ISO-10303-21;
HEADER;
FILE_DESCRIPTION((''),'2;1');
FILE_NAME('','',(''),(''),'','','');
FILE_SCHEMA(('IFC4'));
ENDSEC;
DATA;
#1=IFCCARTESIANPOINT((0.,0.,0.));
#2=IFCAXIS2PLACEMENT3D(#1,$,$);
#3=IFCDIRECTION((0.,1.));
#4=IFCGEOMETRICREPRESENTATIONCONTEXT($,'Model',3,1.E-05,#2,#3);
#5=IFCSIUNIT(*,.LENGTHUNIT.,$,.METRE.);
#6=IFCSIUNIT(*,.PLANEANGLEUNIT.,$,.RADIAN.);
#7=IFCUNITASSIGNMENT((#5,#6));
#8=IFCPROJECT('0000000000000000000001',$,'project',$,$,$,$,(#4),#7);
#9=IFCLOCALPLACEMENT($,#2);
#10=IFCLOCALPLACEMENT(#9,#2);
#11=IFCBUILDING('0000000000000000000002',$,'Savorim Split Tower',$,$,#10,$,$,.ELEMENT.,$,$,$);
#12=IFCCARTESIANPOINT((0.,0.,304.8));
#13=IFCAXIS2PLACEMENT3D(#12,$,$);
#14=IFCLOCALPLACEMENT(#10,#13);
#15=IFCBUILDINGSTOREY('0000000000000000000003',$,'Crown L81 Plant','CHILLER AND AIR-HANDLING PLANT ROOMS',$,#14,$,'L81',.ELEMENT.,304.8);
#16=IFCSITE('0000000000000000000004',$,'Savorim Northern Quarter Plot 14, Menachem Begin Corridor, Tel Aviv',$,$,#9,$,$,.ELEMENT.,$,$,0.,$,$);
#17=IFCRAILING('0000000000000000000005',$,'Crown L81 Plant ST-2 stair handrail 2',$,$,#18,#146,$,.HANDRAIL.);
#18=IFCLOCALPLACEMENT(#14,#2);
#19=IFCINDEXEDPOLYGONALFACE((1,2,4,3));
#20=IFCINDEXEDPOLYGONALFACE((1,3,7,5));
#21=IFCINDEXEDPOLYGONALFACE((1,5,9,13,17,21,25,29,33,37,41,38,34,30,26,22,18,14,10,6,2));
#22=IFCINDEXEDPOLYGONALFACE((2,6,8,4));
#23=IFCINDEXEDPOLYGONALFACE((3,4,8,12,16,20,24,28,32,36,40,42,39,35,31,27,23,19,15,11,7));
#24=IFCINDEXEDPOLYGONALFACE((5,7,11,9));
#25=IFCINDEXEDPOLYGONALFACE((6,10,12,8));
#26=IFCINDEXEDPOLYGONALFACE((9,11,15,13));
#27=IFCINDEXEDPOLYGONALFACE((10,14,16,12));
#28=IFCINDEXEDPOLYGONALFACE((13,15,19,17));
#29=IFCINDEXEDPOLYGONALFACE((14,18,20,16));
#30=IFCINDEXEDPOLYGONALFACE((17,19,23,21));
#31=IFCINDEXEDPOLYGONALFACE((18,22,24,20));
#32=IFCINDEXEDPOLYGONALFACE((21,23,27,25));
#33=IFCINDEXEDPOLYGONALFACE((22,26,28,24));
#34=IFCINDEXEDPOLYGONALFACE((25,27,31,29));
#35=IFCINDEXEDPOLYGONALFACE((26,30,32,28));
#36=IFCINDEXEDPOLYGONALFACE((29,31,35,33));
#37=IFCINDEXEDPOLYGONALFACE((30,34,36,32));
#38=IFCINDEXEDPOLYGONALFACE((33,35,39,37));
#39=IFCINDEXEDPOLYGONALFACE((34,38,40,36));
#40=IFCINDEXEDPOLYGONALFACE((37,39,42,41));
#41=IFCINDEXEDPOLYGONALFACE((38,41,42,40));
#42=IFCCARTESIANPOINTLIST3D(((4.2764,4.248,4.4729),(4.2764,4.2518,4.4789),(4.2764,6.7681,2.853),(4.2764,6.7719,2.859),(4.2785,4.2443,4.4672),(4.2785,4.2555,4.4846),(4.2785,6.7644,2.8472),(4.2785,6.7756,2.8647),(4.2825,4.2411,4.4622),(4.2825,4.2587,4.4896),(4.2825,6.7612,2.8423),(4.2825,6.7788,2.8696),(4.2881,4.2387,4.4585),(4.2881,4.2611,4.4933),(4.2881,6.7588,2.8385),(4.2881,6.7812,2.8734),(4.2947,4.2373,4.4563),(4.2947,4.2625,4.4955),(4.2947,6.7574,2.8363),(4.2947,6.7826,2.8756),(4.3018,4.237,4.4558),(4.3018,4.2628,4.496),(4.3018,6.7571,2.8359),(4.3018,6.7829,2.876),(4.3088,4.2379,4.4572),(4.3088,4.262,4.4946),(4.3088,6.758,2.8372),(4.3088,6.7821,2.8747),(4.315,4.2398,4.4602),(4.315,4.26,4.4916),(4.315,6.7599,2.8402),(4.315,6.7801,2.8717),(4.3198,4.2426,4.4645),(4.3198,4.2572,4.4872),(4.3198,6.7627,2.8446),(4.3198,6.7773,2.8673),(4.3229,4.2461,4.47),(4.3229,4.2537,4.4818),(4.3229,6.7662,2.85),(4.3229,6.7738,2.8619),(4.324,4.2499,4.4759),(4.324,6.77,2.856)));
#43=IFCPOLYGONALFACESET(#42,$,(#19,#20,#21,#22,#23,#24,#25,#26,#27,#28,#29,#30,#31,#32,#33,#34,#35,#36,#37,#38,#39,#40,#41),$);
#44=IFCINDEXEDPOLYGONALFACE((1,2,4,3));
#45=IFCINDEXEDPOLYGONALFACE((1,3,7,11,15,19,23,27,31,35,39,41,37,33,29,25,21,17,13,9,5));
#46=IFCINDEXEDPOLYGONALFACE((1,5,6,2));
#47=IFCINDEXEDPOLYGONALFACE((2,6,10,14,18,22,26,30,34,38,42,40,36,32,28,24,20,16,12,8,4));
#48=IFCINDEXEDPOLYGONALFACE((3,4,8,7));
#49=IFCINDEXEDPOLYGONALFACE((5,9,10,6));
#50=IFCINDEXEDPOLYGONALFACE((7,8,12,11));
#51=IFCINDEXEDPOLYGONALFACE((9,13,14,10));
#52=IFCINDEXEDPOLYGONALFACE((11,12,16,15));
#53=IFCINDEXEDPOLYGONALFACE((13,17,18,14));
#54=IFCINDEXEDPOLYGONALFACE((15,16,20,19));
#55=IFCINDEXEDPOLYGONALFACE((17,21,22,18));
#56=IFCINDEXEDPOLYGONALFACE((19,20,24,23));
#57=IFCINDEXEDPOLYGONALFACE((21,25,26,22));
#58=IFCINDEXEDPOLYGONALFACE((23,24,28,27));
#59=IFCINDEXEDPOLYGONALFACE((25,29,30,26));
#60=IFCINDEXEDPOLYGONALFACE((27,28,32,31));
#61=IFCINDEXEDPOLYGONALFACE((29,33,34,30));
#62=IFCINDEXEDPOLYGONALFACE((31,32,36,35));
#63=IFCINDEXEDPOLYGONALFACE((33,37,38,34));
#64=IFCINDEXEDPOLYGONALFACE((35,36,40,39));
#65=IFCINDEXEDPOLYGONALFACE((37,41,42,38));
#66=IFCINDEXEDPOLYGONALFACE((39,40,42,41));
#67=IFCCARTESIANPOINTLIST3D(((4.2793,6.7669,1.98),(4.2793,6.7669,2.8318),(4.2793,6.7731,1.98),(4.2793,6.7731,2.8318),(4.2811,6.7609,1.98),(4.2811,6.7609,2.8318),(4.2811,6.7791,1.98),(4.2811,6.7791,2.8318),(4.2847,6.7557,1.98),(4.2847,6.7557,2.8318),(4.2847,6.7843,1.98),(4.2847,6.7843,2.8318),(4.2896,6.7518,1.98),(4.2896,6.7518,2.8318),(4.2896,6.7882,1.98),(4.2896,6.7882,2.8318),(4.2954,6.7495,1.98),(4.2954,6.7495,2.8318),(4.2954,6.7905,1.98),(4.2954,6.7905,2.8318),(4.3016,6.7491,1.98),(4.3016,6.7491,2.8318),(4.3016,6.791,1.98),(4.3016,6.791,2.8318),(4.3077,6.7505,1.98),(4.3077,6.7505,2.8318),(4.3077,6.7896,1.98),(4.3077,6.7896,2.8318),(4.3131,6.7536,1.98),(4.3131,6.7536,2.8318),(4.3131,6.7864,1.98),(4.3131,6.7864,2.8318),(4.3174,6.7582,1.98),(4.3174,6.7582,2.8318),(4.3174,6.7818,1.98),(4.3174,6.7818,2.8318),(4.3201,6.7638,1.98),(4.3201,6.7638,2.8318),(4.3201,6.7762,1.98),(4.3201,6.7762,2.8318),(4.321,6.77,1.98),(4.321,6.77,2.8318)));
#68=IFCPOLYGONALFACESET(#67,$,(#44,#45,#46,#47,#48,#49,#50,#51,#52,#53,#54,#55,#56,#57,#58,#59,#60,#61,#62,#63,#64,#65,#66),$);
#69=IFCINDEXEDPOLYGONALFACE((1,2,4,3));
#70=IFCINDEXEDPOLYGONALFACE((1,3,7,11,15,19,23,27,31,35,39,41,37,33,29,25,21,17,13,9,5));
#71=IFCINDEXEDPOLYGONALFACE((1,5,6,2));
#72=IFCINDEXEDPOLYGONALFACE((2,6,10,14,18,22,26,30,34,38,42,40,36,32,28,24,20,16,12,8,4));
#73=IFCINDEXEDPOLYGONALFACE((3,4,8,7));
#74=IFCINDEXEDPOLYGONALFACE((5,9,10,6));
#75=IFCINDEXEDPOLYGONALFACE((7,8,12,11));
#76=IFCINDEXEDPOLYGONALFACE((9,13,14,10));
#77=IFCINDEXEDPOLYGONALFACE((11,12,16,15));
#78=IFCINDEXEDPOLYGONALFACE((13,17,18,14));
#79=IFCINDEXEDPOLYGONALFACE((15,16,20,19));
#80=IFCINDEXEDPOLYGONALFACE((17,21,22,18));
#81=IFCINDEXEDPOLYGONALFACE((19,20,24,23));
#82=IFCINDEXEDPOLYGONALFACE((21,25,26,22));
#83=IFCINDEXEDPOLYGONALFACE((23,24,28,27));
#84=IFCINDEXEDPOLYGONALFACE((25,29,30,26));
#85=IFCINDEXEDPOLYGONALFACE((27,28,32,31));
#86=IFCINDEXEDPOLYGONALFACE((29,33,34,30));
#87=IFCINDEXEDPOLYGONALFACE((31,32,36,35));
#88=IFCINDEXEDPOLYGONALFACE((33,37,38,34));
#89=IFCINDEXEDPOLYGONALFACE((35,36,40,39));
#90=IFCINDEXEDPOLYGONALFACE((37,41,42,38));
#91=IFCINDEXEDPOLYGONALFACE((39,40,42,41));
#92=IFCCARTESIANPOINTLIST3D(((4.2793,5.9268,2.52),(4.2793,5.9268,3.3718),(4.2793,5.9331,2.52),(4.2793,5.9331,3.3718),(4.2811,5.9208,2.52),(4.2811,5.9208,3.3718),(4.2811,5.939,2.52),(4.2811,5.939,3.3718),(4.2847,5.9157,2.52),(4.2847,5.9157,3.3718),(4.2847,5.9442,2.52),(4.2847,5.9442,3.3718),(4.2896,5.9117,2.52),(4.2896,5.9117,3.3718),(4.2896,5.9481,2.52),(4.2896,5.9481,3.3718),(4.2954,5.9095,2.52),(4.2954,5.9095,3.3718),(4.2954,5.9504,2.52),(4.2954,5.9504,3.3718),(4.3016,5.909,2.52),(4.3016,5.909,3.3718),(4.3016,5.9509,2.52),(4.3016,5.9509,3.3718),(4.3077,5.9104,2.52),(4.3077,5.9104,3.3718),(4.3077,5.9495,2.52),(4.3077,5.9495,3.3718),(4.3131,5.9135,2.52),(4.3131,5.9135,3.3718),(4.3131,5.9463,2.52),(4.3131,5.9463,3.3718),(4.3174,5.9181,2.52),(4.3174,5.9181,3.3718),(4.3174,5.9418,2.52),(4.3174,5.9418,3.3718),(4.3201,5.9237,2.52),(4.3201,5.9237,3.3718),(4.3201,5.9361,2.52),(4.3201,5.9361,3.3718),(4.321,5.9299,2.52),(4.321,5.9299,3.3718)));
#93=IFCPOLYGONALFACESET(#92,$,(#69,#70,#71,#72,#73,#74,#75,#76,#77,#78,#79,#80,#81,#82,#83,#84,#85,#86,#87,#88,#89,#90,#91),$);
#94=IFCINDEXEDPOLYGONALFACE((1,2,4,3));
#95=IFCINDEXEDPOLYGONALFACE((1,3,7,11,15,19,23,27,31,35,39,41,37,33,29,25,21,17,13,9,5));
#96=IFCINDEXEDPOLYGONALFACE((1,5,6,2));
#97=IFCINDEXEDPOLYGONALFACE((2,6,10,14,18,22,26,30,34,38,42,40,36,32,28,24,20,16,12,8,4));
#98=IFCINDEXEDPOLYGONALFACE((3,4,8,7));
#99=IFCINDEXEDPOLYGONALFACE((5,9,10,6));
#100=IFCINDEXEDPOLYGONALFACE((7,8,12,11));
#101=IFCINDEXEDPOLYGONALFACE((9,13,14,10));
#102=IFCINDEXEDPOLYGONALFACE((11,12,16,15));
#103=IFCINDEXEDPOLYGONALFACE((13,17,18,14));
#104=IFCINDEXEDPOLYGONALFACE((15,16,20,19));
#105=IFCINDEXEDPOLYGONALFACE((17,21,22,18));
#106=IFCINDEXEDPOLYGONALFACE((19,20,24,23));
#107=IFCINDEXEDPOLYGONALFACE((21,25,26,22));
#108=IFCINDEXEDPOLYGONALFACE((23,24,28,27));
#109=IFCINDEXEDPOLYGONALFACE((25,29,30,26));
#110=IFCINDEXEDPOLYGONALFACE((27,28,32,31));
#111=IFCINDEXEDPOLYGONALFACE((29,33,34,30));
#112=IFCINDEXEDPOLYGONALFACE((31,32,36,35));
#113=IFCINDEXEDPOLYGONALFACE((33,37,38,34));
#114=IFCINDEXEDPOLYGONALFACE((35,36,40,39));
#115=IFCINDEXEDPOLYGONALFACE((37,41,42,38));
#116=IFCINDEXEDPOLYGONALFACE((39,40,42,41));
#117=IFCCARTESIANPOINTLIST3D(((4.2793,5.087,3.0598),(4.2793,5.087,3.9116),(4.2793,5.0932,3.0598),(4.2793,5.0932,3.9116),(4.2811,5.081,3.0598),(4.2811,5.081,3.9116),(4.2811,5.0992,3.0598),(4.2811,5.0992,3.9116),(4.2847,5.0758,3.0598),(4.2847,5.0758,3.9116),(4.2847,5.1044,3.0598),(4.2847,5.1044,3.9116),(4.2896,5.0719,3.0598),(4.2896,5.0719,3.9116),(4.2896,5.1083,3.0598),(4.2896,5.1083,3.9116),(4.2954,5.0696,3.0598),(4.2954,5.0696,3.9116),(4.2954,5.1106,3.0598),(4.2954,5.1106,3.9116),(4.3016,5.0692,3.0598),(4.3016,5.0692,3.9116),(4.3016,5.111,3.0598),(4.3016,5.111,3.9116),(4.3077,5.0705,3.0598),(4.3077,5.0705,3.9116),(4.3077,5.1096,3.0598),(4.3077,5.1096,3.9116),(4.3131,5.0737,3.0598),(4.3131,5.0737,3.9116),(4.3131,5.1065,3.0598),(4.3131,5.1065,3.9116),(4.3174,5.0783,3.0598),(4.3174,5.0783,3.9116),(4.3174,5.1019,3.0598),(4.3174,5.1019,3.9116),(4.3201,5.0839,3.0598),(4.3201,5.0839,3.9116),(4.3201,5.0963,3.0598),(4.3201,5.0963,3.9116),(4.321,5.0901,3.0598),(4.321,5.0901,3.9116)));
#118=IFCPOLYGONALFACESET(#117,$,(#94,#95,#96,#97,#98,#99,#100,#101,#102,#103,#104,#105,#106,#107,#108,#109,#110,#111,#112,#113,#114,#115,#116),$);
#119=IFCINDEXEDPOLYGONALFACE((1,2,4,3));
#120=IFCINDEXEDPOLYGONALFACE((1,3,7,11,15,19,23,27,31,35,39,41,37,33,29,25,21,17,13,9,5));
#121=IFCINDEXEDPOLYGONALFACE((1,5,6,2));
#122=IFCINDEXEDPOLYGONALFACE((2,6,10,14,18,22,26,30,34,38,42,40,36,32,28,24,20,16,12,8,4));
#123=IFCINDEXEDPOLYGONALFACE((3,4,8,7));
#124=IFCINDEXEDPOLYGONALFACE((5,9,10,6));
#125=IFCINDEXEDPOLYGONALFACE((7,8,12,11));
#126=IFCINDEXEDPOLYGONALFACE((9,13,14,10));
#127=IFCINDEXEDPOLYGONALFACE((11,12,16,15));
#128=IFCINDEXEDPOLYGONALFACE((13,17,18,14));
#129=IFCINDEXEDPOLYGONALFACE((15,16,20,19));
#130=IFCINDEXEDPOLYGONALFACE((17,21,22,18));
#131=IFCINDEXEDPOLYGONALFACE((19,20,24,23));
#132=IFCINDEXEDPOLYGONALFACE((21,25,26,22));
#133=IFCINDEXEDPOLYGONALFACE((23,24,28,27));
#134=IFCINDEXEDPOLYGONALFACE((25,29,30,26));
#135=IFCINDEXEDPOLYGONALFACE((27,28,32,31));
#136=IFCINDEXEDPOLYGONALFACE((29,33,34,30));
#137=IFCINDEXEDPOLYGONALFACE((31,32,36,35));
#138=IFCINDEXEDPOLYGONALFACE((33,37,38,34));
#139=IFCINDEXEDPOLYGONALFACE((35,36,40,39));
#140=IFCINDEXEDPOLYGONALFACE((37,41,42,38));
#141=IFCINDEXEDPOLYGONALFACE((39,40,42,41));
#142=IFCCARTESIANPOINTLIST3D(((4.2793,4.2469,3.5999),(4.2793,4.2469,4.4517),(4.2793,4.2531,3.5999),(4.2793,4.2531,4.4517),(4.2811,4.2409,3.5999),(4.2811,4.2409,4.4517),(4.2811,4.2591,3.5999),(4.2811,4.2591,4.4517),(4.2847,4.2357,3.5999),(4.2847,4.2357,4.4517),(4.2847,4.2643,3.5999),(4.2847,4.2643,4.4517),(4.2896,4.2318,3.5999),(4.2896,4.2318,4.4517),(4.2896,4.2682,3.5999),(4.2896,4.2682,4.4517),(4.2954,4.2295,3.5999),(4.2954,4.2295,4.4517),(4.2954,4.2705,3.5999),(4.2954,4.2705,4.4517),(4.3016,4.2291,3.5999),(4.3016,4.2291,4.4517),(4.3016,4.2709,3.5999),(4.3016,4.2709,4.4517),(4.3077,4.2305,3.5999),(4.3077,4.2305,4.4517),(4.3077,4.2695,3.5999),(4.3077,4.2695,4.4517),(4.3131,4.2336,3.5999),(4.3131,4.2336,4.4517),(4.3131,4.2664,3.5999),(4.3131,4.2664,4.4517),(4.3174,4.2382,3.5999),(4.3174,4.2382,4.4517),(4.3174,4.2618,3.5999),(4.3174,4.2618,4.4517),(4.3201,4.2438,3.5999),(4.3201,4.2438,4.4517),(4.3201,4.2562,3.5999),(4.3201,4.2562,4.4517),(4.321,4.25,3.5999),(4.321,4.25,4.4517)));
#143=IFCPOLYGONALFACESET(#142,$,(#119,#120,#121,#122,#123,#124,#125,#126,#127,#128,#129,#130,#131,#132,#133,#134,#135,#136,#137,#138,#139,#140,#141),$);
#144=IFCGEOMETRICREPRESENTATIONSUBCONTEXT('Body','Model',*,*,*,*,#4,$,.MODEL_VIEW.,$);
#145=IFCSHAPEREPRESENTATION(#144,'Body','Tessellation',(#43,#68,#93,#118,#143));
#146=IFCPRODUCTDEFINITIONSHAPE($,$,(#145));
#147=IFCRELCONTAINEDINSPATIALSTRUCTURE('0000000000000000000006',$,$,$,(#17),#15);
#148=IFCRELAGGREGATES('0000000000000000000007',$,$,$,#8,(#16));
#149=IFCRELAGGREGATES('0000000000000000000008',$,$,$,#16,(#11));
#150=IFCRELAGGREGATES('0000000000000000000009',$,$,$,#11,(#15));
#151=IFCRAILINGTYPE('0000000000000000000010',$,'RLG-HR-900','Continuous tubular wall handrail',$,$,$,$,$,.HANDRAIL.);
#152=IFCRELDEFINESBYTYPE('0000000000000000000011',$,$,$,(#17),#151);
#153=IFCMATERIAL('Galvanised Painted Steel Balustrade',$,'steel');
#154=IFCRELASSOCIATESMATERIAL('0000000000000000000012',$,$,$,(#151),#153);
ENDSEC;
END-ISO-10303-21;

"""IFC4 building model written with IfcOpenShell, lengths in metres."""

from ifc_helpers import new_model, si_unit, direction, frame, origin, origin_2d, place, context, subcontext, project, spatial, circle, extrude, material, type_object, element, save


model = new_model("IFC4")

# Units and contexts
model_context = context("Model", 3, precision=1e-05, world=origin(), true_north=direction((0.0, 1.0)))
body_context = subcontext(model_context, "Body", "Model", "MODEL_VIEW")
ifc_project = project(units=[si_unit("LENGTHUNIT", "METRE"), si_unit("PLANEANGLEUNIT", "RADIAN")], contexts=[model_context])

# Site, building, storey
site_placement = place(None, origin())
site = spatial("IfcSite", under=ifc_project, at=site_placement, Name="Savorim Northern Quarter Plot 14, Menachem Begin Corridor, Tel Aviv", CompositionType="ELEMENT", RefElevation=0.0)
building_placement = place(site_placement, origin())
building = spatial("IfcBuilding", under=site, at=building_placement, Name="Savorim Split Tower", CompositionType="ELEMENT")
storey_placement = place(building_placement, frame((0.0, 0.0, 304.8)))
storey = spatial("IfcBuildingStorey", under=building, at=storey_placement, Name="Crown L81 Plant", Description="CHILLER AND AIR-HANDLING PLANT ROOMS", LongName="L81", CompositionType="ELEMENT", Elevation=304.8)

# Railing
ifc_material_1 = material(Name="Galvanised Painted Steel Balustrade", Category="steel")
railing_type_1 = type_object("IfcRailingType", Name="RLG-HR-900", Description="Continuous tubular wall handrail", PredefinedType="HANDRAIL", material=ifc_material_1)
railing_1_placement = place(storey_placement, frame((4.3, 6.77, 1.98)))
element("IfcRailing", 1, at=railing_1_placement, inside=storey, type_object=railing_type_1, Name="Crown L81 Plant ST-2 stair handrail 2", PredefinedType="HANDRAIL", context=body_context, shape_type="SweptSolid", body=[
    extrude(circle(Radius=0.0239, at=origin_2d()), frame((0.0, 0.0, 0.876), z_axis=(0.0, -0.8412, 0.540725), x_axis=(1.0, 0.0, 0.0)), (0.0, 0.0, 1.0), 2.9958),
    extrude(circle(Radius=0.021, at=origin_2d()), origin(), (0.0, 0.0, 1.0), 0.8518),
    extrude(circle(Radius=0.021, at=origin_2d()), frame((0.0, -0.8401, 0.54)), (0.0, 0.0, 1.0), 0.8518),
    extrude(circle(Radius=0.021, at=origin_2d()), frame((0.0, -1.6799, 1.0798)), (0.0, 0.0, 1.0), 0.8518),
    extrude(circle(Radius=0.021, at=origin_2d()), frame((0.0, -2.52, 1.6199)), (0.0, 0.0, 1.0), 0.8518),
])

save(model, "model.ifc")
